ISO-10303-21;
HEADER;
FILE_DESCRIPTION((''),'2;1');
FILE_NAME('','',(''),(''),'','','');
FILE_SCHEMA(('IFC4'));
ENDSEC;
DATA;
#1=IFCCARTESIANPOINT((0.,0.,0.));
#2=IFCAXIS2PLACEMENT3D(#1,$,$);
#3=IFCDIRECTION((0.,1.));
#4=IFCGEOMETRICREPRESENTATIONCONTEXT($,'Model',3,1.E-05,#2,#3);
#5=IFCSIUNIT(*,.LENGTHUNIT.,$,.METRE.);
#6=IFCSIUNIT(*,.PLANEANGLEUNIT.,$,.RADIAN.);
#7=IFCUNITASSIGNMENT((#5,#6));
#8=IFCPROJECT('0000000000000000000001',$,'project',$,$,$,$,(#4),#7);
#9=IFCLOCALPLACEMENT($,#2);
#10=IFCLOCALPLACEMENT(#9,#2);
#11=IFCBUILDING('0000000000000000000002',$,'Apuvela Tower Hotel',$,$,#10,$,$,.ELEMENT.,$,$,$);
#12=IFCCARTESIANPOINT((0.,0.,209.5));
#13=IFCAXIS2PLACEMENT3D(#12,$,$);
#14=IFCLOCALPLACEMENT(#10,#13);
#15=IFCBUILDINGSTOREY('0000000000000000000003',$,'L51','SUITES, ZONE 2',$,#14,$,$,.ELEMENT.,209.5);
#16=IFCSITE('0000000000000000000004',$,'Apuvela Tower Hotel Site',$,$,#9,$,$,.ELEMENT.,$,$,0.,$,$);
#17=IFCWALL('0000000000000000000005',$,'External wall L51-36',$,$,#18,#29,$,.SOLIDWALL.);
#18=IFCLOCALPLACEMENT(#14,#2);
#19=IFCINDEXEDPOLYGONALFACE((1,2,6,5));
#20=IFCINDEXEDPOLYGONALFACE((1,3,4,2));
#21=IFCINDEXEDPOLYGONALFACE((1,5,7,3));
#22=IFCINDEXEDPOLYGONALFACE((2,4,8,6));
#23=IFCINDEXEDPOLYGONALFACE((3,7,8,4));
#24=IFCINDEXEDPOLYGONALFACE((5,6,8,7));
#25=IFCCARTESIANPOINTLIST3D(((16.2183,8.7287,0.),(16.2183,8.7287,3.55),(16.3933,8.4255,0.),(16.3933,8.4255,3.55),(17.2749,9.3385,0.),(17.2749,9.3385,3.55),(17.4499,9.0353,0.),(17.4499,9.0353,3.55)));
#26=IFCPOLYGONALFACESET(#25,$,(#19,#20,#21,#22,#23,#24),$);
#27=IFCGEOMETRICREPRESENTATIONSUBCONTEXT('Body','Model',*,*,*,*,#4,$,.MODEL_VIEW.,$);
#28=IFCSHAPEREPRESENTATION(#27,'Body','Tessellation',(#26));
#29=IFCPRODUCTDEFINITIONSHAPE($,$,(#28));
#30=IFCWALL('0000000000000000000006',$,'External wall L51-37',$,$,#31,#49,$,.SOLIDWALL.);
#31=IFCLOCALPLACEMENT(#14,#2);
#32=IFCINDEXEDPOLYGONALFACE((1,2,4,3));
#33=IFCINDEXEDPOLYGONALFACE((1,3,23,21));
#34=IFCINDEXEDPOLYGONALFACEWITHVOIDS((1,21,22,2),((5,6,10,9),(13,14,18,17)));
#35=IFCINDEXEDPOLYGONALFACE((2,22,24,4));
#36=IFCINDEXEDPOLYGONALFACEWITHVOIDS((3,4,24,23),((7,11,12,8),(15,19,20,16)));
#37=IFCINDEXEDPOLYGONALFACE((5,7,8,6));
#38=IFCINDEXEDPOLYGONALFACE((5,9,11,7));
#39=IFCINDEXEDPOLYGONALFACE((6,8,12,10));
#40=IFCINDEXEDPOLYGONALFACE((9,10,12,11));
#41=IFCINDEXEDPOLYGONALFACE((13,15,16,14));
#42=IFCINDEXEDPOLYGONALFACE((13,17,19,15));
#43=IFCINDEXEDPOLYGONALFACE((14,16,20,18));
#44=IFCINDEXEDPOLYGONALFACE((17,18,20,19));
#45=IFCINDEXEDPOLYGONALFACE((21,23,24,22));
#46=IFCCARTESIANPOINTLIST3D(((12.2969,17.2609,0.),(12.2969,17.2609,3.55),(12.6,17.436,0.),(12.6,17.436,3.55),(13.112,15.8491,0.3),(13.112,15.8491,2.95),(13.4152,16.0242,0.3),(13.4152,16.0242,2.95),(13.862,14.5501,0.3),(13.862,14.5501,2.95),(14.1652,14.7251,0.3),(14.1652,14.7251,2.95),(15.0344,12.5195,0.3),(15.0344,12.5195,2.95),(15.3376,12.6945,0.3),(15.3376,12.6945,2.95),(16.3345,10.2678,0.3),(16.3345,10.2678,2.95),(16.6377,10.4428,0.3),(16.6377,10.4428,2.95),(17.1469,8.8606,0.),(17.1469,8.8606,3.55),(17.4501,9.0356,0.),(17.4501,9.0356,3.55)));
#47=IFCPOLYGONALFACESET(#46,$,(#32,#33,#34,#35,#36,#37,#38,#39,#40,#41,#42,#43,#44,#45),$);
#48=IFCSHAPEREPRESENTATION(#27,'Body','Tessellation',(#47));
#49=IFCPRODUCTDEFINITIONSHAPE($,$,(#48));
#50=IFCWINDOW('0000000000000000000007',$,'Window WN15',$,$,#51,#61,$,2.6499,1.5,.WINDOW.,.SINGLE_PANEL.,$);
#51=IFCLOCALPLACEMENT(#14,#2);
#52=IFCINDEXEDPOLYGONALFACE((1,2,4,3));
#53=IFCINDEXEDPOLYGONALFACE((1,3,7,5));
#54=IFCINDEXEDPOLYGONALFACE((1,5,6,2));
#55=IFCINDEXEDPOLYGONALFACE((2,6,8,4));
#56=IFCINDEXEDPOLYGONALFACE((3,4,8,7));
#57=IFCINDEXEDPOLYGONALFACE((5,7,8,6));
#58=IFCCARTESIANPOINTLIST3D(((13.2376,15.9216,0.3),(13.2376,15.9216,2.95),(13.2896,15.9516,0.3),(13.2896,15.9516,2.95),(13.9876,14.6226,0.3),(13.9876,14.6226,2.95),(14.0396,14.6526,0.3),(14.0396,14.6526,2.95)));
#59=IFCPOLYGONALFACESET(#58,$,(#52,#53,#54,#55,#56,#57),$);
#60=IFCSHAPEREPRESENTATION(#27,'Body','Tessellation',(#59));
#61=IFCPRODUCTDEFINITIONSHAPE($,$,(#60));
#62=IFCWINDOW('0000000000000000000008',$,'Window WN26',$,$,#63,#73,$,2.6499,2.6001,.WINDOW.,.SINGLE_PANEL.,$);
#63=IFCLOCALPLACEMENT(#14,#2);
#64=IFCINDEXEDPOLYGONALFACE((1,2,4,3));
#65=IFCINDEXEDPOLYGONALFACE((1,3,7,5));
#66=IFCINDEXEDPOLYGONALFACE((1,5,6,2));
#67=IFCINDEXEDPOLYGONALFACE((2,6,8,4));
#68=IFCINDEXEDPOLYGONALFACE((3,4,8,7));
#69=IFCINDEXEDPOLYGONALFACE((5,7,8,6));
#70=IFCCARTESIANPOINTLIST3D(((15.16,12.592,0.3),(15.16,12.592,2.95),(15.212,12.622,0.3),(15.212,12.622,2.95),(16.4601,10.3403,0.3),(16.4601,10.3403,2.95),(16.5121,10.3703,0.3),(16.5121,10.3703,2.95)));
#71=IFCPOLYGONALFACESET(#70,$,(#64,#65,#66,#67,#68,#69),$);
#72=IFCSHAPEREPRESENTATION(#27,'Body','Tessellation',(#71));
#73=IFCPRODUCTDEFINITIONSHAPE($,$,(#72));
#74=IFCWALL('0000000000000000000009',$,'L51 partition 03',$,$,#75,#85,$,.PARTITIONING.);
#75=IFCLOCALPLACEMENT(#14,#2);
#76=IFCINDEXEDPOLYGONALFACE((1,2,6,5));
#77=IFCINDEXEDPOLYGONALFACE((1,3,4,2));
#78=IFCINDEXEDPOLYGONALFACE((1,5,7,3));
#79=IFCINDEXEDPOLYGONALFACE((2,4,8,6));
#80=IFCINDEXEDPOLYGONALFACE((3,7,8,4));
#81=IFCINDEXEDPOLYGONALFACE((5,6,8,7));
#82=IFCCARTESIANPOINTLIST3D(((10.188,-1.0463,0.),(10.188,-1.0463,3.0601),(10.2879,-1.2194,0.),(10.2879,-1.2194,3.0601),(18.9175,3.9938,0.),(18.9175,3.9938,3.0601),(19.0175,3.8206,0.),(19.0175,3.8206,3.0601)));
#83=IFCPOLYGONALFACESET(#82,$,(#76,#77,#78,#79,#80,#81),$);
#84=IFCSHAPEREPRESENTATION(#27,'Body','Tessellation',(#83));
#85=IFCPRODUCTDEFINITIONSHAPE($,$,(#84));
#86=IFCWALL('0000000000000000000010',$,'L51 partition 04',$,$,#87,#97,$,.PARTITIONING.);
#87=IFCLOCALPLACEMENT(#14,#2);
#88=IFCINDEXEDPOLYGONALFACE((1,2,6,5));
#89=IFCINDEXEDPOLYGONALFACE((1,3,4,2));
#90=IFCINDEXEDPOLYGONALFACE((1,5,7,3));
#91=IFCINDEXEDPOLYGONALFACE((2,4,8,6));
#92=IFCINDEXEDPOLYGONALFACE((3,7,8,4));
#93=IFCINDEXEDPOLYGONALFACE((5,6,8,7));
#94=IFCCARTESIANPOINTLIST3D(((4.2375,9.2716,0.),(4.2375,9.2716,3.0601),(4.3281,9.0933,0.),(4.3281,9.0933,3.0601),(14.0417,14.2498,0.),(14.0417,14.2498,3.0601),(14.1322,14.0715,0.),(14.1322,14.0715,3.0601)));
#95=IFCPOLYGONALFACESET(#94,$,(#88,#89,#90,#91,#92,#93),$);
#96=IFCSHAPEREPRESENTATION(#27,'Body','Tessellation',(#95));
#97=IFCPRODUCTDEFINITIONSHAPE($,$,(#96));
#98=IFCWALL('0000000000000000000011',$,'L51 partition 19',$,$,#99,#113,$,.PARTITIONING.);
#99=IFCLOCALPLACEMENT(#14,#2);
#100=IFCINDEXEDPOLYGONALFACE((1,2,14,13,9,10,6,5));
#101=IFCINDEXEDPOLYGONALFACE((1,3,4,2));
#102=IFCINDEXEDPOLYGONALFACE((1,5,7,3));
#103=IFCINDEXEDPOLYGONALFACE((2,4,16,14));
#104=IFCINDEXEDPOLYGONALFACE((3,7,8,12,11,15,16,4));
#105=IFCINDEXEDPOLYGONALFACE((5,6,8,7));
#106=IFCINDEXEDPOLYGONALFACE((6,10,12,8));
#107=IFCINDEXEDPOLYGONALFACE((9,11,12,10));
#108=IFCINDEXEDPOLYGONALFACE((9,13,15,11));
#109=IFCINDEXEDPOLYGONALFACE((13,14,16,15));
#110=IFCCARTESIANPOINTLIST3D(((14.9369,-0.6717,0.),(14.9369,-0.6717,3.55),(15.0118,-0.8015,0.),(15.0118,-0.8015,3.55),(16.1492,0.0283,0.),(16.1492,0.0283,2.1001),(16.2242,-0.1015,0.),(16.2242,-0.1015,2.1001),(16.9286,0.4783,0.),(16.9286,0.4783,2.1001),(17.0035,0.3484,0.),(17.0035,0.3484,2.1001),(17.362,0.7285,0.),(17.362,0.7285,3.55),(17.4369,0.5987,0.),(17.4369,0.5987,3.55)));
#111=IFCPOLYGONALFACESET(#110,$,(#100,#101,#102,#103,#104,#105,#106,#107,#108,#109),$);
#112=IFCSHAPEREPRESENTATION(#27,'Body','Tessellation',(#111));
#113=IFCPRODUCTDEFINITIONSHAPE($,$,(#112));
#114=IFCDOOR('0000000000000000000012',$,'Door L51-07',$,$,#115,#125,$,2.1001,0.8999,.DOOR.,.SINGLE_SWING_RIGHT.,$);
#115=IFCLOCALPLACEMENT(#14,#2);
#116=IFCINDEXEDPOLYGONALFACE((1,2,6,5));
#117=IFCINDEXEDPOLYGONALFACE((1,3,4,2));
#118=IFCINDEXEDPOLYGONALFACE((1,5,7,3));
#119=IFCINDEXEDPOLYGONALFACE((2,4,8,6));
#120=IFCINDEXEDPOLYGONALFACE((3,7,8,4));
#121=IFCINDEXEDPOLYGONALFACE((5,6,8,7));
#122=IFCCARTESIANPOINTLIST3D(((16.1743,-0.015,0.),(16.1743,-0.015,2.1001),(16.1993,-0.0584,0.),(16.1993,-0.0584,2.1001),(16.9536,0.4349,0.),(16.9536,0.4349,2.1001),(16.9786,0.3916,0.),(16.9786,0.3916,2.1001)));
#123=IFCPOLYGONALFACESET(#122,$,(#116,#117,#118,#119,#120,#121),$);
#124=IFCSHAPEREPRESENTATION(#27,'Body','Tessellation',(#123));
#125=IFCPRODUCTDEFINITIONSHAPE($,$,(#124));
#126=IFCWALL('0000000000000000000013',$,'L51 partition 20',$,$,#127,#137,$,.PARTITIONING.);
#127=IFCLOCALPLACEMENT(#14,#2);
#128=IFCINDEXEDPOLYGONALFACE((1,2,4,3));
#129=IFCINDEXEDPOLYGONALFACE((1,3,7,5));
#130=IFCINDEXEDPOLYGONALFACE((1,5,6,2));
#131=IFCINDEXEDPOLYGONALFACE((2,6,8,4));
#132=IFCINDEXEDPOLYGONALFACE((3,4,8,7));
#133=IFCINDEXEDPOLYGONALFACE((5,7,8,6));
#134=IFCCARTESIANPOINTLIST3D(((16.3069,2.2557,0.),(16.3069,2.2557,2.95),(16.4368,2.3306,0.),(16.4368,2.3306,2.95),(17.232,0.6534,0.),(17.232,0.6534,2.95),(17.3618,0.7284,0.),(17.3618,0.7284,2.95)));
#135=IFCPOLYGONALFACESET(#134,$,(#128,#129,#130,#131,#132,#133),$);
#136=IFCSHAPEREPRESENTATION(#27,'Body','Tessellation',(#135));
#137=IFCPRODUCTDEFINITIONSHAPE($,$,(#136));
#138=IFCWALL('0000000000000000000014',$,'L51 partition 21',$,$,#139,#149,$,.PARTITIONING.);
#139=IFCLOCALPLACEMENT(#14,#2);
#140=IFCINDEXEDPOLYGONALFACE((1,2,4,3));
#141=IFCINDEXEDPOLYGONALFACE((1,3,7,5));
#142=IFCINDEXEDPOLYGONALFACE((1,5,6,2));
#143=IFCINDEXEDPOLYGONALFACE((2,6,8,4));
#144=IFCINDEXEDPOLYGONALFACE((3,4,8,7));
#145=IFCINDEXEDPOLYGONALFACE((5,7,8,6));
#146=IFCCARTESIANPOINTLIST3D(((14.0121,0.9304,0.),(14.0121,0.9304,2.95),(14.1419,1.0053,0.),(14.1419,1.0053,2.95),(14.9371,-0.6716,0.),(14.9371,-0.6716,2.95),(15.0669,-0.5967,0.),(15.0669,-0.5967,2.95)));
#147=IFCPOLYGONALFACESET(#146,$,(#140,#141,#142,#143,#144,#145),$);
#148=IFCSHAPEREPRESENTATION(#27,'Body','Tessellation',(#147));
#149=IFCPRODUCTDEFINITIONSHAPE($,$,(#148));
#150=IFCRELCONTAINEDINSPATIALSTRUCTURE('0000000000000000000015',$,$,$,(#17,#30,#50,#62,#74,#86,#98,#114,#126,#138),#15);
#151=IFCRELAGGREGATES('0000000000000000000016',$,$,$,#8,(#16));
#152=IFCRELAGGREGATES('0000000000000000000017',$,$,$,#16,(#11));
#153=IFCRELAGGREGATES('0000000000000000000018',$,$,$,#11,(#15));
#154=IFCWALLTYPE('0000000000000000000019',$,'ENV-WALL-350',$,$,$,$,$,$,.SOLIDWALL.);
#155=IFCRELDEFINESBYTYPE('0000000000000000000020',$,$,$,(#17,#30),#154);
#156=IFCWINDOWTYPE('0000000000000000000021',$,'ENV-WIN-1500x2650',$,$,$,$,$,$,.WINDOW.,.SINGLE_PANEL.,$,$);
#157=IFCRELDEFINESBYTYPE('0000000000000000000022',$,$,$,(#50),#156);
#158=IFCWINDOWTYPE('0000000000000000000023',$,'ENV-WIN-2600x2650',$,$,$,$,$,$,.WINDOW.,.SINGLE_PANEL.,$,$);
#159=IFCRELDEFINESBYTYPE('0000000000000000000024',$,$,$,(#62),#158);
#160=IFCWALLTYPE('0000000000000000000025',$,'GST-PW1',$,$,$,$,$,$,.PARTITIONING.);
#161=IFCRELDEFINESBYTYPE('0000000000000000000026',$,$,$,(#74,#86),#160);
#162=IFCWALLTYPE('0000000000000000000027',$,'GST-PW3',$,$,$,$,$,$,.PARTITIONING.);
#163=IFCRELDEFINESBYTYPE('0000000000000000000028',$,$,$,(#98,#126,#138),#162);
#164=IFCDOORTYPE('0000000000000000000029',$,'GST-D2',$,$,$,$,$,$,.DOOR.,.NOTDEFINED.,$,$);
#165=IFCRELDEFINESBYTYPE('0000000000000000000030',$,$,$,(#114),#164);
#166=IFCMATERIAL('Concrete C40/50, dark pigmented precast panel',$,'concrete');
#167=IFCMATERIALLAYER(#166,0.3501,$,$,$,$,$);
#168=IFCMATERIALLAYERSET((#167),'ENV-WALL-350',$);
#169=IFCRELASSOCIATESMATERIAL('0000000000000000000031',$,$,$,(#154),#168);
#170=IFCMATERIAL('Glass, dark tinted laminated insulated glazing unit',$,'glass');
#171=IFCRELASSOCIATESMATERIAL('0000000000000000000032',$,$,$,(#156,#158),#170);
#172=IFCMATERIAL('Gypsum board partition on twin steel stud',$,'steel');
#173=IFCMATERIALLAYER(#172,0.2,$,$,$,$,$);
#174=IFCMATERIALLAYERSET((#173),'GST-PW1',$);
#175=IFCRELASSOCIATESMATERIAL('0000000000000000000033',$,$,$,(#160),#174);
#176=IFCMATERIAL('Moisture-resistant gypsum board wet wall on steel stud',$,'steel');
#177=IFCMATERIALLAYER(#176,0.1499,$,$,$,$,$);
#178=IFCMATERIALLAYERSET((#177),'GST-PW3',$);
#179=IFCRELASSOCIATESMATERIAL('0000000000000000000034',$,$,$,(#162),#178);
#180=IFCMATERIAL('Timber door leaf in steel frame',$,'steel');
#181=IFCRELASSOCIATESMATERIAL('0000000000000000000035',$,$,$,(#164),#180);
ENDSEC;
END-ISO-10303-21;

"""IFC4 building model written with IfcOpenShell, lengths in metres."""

from ifc_helpers import new_model, si_unit, direction, frame, frame_2d, origin, place, context, subcontext, project, spatial, rectangle, extrude, material, layer, layer_set, type_object, element, fill, save


model = new_model("IFC4")

# Units and contexts
model_context = context("Model", 3, precision=1e-05, world=origin(), true_north=direction((0.0, 1.0)))
body_context = subcontext(model_context, "Body", "Model", "MODEL_VIEW")
ifc_project = project(units=[si_unit("LENGTHUNIT", "METRE"), si_unit("PLANEANGLEUNIT", "RADIAN")], contexts=[model_context])

# Site, building, storey
site_placement = place(None, origin())
site = spatial("IfcSite", under=ifc_project, at=site_placement, Name="Apuvela Tower Hotel Site", CompositionType="ELEMENT", RefElevation=0.0)
building_placement = place(site_placement, origin())
building = spatial("IfcBuilding", under=site, at=building_placement, Name="Apuvela Tower Hotel", CompositionType="ELEMENT")
storey_placement = place(building_placement, frame((0.0, 0.0, 209.5)))
storey = spatial("IfcBuildingStorey", under=building, at=storey_placement, Name="L51", Description="SUITES, ZONE 2", CompositionType="ELEMENT", Elevation=209.5)

# Shared definitions
ifc_material_1 = material(Name="Concrete C40/50, dark pigmented precast panel", Category="concrete")
ifc_layer_1 = layer(ifc_material_1, 0.3501)
ifc_layer_set_1 = layer_set([ifc_layer_1], Name="ENV-WALL-350")
wall_type_1 = type_object("IfcWallType", Name="ENV-WALL-350", PredefinedType="SOLIDWALL", material=ifc_layer_set_1)

# Shared definitions
ifc_material_2 = material(Name="Glass, dark tinted laminated insulated glazing unit", Category="glass")
window_type_1 = type_object("IfcWindowType", Name="ENV-WIN-1500x2650", PartitioningType="SINGLE_PANEL", PredefinedType="WINDOW", material=ifc_material_2)

# Wall
wall_1_placement = place(storey_placement, frame((16.3059, 8.5771, 0.0), z_axis=(0.0, 0.0, 1.0), x_axis=(0.866092, 0.499884, 0.0)))
element("IfcWall", 1, at=wall_1_placement, inside=storey, type_object=wall_type_1, Name="External wall L51-36", PredefinedType="SOLIDWALL", context=body_context, shape_type="SweptSolid", body=[
    extrude(rectangle(XDim=1.22, YDim=0.3501, at=frame_2d((0.6099, 0.0))), origin(), (0.0, 0.0, 1.0), 3.55),
])

# Wall, openings, windows
wall_2_placement = place(storey_placement, frame((17.2986, 8.948, 0.0), z_axis=(0.0, 0.0, 1.0), x_axis=(-0.50001, 0.86602, 0.0)))
wall_2 = element("IfcWall", 2, at=wall_2_placement, inside=storey, type_object=wall_type_1, Name="External wall L51-37", PredefinedType="SOLIDWALL", context=body_context, shape_type="SweptSolid", body=[
    extrude(rectangle(XDim=9.7, YDim=0.3501, at=frame_2d((4.8501, 0.0))), origin(), (0.0, 0.0, 1.0), 3.55),
])
opening_1_placement = place(wall_2_placement, frame((1.625, 0.0, 0.3)))
opening_1 = element("IfcOpeningElement", 3, at=opening_1_placement, cuts=wall_2, PredefinedType="OPENING", context=body_context, shape_type="SweptSolid", body=[
    extrude(rectangle(XDim=2.6001, YDim=2.6499, at=frame_2d((1.3, 1.325))), frame((0.0, 0.1851, 0.0), z_axis=(0.0, -1.0, 0.0), x_axis=(1.0, 0.0, 0.0)), (0.0, 0.0, 1.0), 0.3701),
])
opening_2_placement = place(wall_2_placement, frame((6.5698, 0.0, 0.3)))
opening_2 = element("IfcOpeningElement", 4, at=opening_2_placement, cuts=wall_2, PredefinedType="OPENING", context=body_context, shape_type="SweptSolid", body=[
    extrude(rectangle(XDim=1.5, YDim=2.6499, at=frame_2d((0.75, 1.325))), frame((0.0, 0.1851, 0.0), z_axis=(0.0, -1.0, 0.0), x_axis=(1.0, 0.0, 0.0)), (0.0, 0.0, 1.0), 0.3701),
])
window_1_placement = place(opening_2_placement, origin())
window_1 = element("IfcWindow", 5, at=window_1_placement, inside=storey, type_object=window_type_1, Name="Window WN15", OverallHeight=2.6499, OverallWidth=1.5, PartitioningType="SINGLE_PANEL", PredefinedType="WINDOW", context=body_context, shape_type="SweptSolid", body=[
    extrude(rectangle(XDim=1.5, YDim=2.6499, at=frame_2d((0.75, 1.325))), frame((0.0, 0.03, 0.0), z_axis=(0.0, -1.0, 0.0), x_axis=(1.0, 0.0, 0.0)), (0.0, 0.0, 1.0), 0.0601),
])
fill(opening_2, window_1)
window_type_2 = type_object("IfcWindowType", Name="ENV-WIN-2600x2650", PartitioningType="SINGLE_PANEL", PredefinedType="WINDOW", material=ifc_material_2)
window_2_placement = place(opening_1_placement, origin())
window_2 = element("IfcWindow", 6, at=window_2_placement, inside=storey, type_object=window_type_2, Name="Window WN26", OverallHeight=2.6499, OverallWidth=2.6001, PartitioningType="SINGLE_PANEL", PredefinedType="WINDOW", context=body_context, shape_type="SweptSolid", body=[
    extrude(rectangle(XDim=2.6001, YDim=2.6499, at=frame_2d((1.3, 1.325))), frame((0.0, 0.03, 0.0), z_axis=(0.0, -1.0, 0.0), x_axis=(1.0, 0.0, 0.0)), (0.0, 0.0, 1.0), 0.0601),
])
fill(opening_1, window_2)

# Walls
ifc_material_3 = material(Name="Gypsum board partition on twin steel stud", Category="steel")
ifc_layer_2 = layer(ifc_material_3, 0.2)
ifc_layer_set_2 = layer_set([ifc_layer_2], Name="GST-PW1")
wall_type_2 = type_object("IfcWallType", Name="GST-PW1", PredefinedType="PARTITIONING", material=ifc_layer_set_2)
wall_3_placement = place(storey_placement, frame((18.9675, 3.9072, 0.0), z_axis=(0.0, 0.0, 1.0), x_axis=(-0.866023, -0.500005, 0.0)))
element("IfcWall", 7, at=wall_3_placement, inside=storey, type_object=wall_type_2, Name="L51 partition 03", PredefinedType="PARTITIONING", context=body_context, shape_type="SweptSolid", body=[
    extrude(rectangle(XDim=10.0801, YDim=0.2, at=frame_2d((5.04, 0.0))), origin(), (0.0, 0.0, 1.0), 3.0601),
])
wall_4_placement = place(storey_placement, frame((14.0869, 14.1606, 0.0), z_axis=(0.0, 0.0, 1.0), x_axis=(-0.891639, -0.452747, 0.0)))
element("IfcWall", 8, at=wall_4_placement, inside=storey, type_object=wall_type_2, Name="L51 partition 04", PredefinedType="PARTITIONING", context=body_context, shape_type="SweptSolid", body=[
    extrude(rectangle(XDim=10.9956, YDim=0.2, at=frame_2d((5.4978, 0.0))), origin(), (0.0, 0.0, 1.0), 3.0601),
])

# Wall, opening, door
ifc_material_4 = material(Name="Moisture-resistant gypsum board wet wall on steel stud", Category="steel")
ifc_layer_3 = layer(ifc_material_4, 0.1499)
ifc_layer_set_3 = layer_set([ifc_layer_3], Name="GST-PW3")
wall_type_3 = type_object("IfcWallType", Name="GST-PW3", PredefinedType="PARTITIONING", material=ifc_layer_set_3)
wall_5_placement = place(storey_placement, frame((14.9744, -0.7366, 0.0), z_axis=(0.0, 0.0, 1.0), x_axis=(0.866019, 0.500012, 0.0)))
wall_5 = element("IfcWall", 9, at=wall_5_placement, inside=storey, type_object=wall_type_3, Name="L51 partition 19", PredefinedType="PARTITIONING", context=body_context, shape_type="SweptSolid", body=[
    extrude(rectangle(XDim=2.8003, YDim=0.1499, at=frame_2d((1.4001, 0.0))), origin(), (0.0, 0.0, 1.0), 3.55),
])
opening_3_placement = place(wall_5_placement, frame((1.3999, 0.0, 0.0)))
opening_3 = element("IfcOpeningElement", 10, at=opening_3_placement, cuts=wall_5, PredefinedType="OPENING", context=body_context, shape_type="SweptSolid", body=[
    extrude(rectangle(XDim=0.8999, YDim=2.1001, at=frame_2d((0.45, 1.05))), frame((0.0, 0.085, 0.0), z_axis=(0.0, -1.0, 0.0), x_axis=(1.0, 0.0, 0.0)), (0.0, 0.0, 1.0), 0.1699),
])
ifc_material_5 = material(Name="Timber door leaf in steel frame", Category="steel")
door_type_1 = type_object("IfcDoorType", Name="GST-D2", OperationType="NOTDEFINED", PredefinedType="DOOR", material=ifc_material_5)
door_1_placement = place(opening_3_placement, origin())
door_1 = element("IfcDoor", 11, at=door_1_placement, inside=storey, type_object=door_type_1, Name="Door L51-07", OperationType="SINGLE_SWING_RIGHT", OverallHeight=2.1001, OverallWidth=0.8999, PredefinedType="DOOR", context=body_context, shape_type="SweptSolid", body=[
    extrude(rectangle(XDim=0.8999, YDim=2.1001, at=frame_2d((0.45, 1.05))), frame((0.0, 0.0249, 0.0), z_axis=(0.0, -1.0, 0.0), x_axis=(1.0, 0.0, 0.0)), (0.0, 0.0, 1.0), 0.05),
])
fill(opening_3, door_1)

# Walls
wall_6_placement = place(storey_placement, frame((17.2969, 0.6909, 0.0), z_axis=(0.0, 0.0, 1.0), x_axis=(-0.499985, 0.866034, 0.0)))
element("IfcWall", 12, at=wall_6_placement, inside=storey, type_object=wall_type_3, Name="L51 partition 20", PredefinedType="PARTITIONING", context=body_context, shape_type="SweptSolid", body=[
    extrude(rectangle(XDim=1.8501, YDim=0.1499, at=frame_2d((0.925, 0.0))), origin(), (0.0, 0.0, 1.0), 2.95),
])
wall_7_placement = place(storey_placement, frame((15.002, -0.634, 0.0), z_axis=(0.0, 0.0, 1.0), x_axis=(-0.500042, 0.866001, 0.0)))
element("IfcWall", 13, at=wall_7_placement, inside=storey, type_object=wall_type_3, Name="L51 partition 21", PredefinedType="PARTITIONING", context=body_context, shape_type="SweptSolid", body=[
    extrude(rectangle(XDim=1.8499, YDim=0.1499, at=frame_2d((0.9248, 0.0))), origin(), (0.0, 0.0, 1.0), 2.95),
])

save(model, "model.ifc")
